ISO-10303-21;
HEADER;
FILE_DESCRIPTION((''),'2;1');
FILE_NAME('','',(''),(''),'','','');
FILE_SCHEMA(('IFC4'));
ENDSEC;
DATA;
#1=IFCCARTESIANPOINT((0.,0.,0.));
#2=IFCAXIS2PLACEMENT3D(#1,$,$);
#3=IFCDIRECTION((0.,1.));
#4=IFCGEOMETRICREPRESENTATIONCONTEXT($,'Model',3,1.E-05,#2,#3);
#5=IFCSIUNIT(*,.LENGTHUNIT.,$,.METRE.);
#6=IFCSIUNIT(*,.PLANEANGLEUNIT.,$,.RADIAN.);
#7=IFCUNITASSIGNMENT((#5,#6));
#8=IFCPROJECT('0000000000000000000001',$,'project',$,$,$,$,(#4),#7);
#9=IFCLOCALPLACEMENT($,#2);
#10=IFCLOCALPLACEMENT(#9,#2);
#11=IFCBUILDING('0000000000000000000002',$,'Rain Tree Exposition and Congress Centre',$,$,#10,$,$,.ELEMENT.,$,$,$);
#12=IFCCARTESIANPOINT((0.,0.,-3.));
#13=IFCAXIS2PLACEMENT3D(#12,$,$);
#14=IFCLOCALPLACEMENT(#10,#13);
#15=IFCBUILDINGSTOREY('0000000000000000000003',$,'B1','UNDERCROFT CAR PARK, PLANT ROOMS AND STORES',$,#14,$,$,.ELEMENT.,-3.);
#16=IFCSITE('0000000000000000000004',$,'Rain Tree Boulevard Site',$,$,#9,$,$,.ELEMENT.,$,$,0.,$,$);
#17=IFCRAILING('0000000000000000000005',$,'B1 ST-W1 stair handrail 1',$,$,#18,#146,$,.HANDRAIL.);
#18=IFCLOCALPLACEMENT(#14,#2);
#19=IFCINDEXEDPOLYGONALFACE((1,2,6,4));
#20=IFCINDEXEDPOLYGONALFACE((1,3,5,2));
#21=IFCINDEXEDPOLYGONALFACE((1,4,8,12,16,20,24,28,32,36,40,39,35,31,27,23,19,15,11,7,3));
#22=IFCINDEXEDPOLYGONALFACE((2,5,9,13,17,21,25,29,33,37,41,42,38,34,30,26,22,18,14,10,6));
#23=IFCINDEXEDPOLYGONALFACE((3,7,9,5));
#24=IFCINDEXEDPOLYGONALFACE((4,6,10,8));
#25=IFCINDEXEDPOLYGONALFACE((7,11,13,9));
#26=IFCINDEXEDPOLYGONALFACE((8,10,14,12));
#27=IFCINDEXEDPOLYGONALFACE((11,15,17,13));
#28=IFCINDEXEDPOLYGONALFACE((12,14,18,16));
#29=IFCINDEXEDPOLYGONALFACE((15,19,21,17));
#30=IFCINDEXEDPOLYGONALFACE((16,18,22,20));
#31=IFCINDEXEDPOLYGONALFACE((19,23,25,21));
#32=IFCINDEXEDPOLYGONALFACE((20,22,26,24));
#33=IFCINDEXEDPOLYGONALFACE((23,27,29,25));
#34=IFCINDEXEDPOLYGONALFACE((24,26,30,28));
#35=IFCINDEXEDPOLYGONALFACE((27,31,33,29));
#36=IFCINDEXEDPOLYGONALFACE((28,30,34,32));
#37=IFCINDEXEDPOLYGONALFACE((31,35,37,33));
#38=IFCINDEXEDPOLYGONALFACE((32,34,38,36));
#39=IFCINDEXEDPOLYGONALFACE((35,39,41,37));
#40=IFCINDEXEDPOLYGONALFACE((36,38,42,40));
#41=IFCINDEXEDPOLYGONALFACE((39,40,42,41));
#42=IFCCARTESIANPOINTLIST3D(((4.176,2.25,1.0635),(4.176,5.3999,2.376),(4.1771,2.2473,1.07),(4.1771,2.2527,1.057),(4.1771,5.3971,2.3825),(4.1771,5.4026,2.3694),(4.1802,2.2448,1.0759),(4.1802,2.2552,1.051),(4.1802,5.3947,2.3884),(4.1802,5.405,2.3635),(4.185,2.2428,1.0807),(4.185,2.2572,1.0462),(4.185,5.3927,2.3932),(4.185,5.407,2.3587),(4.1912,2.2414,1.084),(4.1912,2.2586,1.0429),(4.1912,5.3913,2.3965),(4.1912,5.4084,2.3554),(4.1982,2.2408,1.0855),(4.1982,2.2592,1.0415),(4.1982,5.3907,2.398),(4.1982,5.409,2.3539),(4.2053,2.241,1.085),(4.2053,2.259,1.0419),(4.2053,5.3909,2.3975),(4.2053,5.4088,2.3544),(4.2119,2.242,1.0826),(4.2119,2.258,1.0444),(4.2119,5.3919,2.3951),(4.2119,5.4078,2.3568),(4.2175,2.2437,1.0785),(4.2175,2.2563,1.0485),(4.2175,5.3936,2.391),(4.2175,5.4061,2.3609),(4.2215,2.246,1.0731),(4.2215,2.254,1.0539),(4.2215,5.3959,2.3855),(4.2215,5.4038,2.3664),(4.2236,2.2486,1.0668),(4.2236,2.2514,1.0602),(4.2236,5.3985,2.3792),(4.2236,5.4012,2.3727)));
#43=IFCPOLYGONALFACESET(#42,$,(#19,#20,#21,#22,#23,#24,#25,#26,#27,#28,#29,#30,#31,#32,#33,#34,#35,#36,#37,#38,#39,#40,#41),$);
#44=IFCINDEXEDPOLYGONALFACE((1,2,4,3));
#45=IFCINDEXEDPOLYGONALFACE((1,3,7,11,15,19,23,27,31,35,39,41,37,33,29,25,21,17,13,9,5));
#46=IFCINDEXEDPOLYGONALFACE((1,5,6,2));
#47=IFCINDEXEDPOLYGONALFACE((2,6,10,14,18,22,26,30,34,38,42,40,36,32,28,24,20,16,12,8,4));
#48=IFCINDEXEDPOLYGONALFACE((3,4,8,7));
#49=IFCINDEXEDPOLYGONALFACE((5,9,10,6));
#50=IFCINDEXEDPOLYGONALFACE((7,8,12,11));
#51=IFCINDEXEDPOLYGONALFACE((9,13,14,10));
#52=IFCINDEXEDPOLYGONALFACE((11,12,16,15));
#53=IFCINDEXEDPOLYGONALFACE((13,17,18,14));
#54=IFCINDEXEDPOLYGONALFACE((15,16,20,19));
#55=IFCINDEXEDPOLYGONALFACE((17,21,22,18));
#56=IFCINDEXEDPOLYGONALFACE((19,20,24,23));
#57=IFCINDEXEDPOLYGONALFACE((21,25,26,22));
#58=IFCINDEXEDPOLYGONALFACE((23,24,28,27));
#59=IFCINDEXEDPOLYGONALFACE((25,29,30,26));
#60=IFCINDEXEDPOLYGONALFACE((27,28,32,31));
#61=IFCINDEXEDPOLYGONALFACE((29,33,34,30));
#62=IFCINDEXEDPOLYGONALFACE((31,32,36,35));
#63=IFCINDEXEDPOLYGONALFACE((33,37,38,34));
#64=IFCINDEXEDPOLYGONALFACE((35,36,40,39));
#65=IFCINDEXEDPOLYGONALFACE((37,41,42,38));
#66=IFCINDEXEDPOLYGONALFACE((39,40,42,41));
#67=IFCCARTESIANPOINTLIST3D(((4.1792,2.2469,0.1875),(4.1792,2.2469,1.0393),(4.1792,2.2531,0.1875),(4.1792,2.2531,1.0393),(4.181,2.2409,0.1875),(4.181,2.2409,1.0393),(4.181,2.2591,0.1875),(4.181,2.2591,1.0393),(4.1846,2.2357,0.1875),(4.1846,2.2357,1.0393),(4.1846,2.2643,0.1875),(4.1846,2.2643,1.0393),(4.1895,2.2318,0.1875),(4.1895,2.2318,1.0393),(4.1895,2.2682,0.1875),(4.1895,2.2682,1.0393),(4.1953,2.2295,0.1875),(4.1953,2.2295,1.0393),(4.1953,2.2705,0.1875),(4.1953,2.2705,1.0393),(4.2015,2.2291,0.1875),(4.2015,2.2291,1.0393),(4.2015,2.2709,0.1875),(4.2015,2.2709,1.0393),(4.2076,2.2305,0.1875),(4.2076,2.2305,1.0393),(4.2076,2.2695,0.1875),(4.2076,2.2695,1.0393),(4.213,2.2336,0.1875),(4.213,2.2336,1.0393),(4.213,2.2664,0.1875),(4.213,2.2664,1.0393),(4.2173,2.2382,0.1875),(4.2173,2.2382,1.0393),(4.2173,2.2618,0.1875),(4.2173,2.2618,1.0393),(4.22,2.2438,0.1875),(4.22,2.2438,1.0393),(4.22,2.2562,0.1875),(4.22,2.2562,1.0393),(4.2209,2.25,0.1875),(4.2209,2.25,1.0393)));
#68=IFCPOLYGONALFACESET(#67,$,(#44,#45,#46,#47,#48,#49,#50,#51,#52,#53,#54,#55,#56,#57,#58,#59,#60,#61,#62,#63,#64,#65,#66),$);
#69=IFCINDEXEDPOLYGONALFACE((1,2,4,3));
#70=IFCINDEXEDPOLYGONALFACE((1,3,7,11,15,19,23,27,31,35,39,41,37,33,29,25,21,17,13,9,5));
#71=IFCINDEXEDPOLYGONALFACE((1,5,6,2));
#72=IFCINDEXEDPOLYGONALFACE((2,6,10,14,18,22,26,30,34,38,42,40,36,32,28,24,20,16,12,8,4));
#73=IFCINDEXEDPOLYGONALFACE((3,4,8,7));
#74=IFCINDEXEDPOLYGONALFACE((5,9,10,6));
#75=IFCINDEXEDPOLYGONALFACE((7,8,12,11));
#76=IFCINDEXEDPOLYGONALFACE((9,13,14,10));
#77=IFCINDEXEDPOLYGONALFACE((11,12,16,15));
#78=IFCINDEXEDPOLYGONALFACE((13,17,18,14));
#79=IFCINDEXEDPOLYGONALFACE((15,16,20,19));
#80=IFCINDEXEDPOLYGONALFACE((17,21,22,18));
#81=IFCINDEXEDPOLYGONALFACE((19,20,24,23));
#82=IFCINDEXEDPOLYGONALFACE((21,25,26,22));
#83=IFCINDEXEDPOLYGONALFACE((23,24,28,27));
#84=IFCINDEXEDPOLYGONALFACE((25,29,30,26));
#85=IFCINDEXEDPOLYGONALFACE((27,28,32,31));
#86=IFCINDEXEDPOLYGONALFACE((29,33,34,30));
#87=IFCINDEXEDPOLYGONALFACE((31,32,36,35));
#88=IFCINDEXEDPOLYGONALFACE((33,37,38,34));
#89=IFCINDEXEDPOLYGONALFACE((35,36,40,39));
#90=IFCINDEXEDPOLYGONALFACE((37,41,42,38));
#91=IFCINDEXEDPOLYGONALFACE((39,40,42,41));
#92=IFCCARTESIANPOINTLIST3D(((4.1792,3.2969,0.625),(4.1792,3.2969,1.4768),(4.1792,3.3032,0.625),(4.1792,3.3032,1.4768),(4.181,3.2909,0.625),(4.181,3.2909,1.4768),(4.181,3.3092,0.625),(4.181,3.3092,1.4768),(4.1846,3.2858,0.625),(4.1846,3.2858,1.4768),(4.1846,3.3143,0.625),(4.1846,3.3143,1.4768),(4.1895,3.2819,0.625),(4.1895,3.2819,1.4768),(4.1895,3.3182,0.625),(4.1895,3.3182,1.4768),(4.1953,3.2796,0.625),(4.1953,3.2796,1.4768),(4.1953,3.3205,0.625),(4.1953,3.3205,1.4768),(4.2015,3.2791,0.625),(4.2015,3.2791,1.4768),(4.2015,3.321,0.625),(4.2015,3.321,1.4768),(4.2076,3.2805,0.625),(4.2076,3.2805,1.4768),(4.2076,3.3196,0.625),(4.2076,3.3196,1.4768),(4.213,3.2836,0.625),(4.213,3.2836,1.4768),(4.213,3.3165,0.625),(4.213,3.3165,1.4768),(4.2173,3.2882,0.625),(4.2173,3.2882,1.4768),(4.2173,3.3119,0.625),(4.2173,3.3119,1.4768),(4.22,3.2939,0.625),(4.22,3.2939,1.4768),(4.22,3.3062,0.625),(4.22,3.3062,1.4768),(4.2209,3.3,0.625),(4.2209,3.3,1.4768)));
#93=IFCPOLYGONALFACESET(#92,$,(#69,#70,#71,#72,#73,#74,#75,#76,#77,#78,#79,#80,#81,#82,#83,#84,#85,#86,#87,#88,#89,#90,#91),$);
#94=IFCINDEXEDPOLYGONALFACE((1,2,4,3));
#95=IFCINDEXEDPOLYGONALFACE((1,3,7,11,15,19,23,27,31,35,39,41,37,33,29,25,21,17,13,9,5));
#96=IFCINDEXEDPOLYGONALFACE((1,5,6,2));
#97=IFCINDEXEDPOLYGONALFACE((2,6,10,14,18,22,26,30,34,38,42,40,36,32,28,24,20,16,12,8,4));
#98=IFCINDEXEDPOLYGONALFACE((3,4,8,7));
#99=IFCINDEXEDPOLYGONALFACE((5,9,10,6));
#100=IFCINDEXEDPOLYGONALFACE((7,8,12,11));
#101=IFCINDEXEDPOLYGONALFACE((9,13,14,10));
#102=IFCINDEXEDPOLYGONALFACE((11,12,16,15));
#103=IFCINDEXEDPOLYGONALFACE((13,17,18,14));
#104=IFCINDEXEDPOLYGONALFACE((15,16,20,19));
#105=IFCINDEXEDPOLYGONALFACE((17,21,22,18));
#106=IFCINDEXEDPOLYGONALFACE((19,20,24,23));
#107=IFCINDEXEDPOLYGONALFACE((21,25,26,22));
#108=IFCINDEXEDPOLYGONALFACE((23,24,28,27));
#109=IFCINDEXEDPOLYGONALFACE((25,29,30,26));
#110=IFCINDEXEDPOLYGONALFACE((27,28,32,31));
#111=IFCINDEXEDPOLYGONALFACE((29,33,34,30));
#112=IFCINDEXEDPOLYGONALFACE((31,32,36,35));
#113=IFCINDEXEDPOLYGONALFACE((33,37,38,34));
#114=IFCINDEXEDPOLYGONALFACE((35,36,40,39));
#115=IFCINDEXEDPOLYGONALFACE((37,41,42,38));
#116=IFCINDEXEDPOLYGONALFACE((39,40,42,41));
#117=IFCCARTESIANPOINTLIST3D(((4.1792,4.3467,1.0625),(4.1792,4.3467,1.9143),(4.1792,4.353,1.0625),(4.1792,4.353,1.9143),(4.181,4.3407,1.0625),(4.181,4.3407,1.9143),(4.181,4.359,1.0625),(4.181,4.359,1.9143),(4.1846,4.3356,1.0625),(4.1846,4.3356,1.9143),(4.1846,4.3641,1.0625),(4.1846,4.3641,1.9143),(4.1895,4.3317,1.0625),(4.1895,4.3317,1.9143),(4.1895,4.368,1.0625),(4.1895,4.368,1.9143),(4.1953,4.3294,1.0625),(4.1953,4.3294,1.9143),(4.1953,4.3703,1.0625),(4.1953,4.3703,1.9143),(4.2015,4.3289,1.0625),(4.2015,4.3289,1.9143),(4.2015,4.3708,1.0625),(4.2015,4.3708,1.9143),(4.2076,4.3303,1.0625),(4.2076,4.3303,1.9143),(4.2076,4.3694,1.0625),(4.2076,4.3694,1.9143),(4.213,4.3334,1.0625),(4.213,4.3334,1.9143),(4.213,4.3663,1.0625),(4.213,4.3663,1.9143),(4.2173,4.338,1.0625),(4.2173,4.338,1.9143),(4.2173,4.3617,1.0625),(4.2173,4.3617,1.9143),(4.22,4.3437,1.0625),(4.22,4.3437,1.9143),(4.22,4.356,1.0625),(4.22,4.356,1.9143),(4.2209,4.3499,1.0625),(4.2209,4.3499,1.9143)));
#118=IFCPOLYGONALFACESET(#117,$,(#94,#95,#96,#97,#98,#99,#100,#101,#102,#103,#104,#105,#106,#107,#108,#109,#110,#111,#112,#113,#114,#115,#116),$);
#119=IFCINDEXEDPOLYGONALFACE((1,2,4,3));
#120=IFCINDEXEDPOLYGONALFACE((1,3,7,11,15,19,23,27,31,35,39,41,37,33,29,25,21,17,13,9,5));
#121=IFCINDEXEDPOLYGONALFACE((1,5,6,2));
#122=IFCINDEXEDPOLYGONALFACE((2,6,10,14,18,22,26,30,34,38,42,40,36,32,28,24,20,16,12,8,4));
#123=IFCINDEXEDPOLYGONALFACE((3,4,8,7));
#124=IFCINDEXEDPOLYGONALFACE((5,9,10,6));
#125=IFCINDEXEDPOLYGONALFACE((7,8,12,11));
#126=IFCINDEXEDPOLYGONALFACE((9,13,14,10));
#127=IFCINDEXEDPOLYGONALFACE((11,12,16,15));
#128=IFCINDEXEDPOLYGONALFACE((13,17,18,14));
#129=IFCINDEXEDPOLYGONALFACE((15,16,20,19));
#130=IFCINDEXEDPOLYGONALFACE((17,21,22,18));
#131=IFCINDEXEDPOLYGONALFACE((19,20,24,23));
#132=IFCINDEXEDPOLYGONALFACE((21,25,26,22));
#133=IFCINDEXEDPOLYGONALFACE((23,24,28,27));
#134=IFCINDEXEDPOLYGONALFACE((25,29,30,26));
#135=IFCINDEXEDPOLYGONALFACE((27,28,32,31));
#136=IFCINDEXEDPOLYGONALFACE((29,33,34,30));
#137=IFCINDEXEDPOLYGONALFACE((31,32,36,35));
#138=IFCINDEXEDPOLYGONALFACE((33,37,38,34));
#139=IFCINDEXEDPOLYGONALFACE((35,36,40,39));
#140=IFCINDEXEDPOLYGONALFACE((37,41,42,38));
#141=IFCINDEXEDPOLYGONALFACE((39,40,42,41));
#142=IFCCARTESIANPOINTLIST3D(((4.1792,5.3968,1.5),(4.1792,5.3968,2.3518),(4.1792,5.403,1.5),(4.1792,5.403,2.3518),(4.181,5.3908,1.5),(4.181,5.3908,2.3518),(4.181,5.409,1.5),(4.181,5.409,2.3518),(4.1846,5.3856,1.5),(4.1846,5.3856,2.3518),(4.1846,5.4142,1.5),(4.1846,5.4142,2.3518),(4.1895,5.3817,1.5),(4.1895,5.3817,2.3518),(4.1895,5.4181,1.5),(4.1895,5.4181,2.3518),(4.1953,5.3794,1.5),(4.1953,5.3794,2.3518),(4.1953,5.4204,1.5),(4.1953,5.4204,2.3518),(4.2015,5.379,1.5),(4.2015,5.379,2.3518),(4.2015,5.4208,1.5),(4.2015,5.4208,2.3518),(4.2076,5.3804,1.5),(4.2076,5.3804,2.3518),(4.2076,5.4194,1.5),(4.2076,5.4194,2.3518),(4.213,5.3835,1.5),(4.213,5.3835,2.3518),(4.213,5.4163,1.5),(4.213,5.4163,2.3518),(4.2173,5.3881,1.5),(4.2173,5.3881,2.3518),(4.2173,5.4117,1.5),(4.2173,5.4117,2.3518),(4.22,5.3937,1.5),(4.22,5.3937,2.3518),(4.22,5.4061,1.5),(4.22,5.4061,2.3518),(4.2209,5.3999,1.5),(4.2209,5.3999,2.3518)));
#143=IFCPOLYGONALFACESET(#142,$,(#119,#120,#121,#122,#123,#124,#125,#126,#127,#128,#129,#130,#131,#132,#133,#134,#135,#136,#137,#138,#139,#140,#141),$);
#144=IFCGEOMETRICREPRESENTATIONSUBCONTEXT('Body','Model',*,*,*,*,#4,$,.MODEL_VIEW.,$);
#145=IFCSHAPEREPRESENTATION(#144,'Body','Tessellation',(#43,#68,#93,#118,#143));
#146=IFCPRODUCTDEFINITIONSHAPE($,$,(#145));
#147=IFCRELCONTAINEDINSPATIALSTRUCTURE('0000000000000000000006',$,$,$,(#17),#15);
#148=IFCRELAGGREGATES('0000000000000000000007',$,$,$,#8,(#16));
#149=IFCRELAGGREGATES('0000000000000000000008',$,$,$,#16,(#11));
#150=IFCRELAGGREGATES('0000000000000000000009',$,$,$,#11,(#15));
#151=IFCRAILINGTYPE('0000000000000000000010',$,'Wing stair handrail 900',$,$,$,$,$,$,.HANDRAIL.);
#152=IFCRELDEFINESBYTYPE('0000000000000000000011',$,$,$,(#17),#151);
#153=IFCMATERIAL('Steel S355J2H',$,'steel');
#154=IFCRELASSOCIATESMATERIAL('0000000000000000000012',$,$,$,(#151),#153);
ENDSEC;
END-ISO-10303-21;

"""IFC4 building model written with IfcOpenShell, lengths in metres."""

from ifc_helpers import new_model, si_unit, direction, frame, origin, origin_2d, place, context, subcontext, project, spatial, circle, extrude, material, type_object, element, save


model = new_model("IFC4")

# Units and contexts
model_context = context("Model", 3, precision=1e-05, world=origin(), true_north=direction((0.0, 1.0)))
body_context = subcontext(model_context, "Body", "Model", "MODEL_VIEW")
ifc_project = project(units=[si_unit("LENGTHUNIT", "METRE"), si_unit("PLANEANGLEUNIT", "RADIAN")], contexts=[model_context])

# Site, building, storey
site_placement = place(None, origin())
site = spatial("IfcSite", under=ifc_project, at=site_placement, Name="Rain Tree Boulevard Site", CompositionType="ELEMENT", RefElevation=0.0)
building_placement = place(site_placement, origin())
building = spatial("IfcBuilding", under=site, at=building_placement, Name="Rain Tree Exposition and Congress Centre", CompositionType="ELEMENT")
storey_placement = place(building_placement, frame((0.0, 0.0, -3.0)))
storey = spatial("IfcBuildingStorey", under=building, at=storey_placement, Name="B1", Description="UNDERCROFT CAR PARK, PLANT ROOMS AND STORES", CompositionType="ELEMENT", Elevation=-3.0)

# Railing
ifc_material_1 = material(Name="Steel S355J2H", Category="steel")
railing_type_1 = type_object("IfcRailingType", Name="Wing stair handrail 900", PredefinedType="HANDRAIL", material=ifc_material_1)
railing_1_placement = place(storey_placement, frame((4.2, 2.25, 0.1875)))
element("IfcRailing", 1, at=railing_1_placement, inside=storey, type_object=railing_type_1, Name="B1 ST-W1 stair handrail 1", PredefinedType="HANDRAIL", context=body_context, shape_type="SweptSolid", body=[
    extrude(circle(Radius=0.0239, at=origin_2d()), frame((0.0, 0.0, 0.876), z_axis=(0.0, 0.923073, 0.384626), x_axis=(-1.0, 0.0, 0.0)), (0.0, 0.0, 1.0), 3.4124),
    extrude(circle(Radius=0.021, at=origin_2d()), origin(), (0.0, 0.0, 1.0), 0.8518),
    extrude(circle(Radius=0.021, at=origin_2d()), frame((0.0, 1.05, 0.4375)), (0.0, 0.0, 1.0), 0.8518),
    extrude(circle(Radius=0.021, at=origin_2d()), frame((0.0, 2.0999, 0.875)), (0.0, 0.0, 1.0), 0.8518),
    extrude(circle(Radius=0.021, at=origin_2d()), frame((0.0, 3.1499, 1.3125)), (0.0, 0.0, 1.0), 0.8518),
])

save(model, "model.ifc")
